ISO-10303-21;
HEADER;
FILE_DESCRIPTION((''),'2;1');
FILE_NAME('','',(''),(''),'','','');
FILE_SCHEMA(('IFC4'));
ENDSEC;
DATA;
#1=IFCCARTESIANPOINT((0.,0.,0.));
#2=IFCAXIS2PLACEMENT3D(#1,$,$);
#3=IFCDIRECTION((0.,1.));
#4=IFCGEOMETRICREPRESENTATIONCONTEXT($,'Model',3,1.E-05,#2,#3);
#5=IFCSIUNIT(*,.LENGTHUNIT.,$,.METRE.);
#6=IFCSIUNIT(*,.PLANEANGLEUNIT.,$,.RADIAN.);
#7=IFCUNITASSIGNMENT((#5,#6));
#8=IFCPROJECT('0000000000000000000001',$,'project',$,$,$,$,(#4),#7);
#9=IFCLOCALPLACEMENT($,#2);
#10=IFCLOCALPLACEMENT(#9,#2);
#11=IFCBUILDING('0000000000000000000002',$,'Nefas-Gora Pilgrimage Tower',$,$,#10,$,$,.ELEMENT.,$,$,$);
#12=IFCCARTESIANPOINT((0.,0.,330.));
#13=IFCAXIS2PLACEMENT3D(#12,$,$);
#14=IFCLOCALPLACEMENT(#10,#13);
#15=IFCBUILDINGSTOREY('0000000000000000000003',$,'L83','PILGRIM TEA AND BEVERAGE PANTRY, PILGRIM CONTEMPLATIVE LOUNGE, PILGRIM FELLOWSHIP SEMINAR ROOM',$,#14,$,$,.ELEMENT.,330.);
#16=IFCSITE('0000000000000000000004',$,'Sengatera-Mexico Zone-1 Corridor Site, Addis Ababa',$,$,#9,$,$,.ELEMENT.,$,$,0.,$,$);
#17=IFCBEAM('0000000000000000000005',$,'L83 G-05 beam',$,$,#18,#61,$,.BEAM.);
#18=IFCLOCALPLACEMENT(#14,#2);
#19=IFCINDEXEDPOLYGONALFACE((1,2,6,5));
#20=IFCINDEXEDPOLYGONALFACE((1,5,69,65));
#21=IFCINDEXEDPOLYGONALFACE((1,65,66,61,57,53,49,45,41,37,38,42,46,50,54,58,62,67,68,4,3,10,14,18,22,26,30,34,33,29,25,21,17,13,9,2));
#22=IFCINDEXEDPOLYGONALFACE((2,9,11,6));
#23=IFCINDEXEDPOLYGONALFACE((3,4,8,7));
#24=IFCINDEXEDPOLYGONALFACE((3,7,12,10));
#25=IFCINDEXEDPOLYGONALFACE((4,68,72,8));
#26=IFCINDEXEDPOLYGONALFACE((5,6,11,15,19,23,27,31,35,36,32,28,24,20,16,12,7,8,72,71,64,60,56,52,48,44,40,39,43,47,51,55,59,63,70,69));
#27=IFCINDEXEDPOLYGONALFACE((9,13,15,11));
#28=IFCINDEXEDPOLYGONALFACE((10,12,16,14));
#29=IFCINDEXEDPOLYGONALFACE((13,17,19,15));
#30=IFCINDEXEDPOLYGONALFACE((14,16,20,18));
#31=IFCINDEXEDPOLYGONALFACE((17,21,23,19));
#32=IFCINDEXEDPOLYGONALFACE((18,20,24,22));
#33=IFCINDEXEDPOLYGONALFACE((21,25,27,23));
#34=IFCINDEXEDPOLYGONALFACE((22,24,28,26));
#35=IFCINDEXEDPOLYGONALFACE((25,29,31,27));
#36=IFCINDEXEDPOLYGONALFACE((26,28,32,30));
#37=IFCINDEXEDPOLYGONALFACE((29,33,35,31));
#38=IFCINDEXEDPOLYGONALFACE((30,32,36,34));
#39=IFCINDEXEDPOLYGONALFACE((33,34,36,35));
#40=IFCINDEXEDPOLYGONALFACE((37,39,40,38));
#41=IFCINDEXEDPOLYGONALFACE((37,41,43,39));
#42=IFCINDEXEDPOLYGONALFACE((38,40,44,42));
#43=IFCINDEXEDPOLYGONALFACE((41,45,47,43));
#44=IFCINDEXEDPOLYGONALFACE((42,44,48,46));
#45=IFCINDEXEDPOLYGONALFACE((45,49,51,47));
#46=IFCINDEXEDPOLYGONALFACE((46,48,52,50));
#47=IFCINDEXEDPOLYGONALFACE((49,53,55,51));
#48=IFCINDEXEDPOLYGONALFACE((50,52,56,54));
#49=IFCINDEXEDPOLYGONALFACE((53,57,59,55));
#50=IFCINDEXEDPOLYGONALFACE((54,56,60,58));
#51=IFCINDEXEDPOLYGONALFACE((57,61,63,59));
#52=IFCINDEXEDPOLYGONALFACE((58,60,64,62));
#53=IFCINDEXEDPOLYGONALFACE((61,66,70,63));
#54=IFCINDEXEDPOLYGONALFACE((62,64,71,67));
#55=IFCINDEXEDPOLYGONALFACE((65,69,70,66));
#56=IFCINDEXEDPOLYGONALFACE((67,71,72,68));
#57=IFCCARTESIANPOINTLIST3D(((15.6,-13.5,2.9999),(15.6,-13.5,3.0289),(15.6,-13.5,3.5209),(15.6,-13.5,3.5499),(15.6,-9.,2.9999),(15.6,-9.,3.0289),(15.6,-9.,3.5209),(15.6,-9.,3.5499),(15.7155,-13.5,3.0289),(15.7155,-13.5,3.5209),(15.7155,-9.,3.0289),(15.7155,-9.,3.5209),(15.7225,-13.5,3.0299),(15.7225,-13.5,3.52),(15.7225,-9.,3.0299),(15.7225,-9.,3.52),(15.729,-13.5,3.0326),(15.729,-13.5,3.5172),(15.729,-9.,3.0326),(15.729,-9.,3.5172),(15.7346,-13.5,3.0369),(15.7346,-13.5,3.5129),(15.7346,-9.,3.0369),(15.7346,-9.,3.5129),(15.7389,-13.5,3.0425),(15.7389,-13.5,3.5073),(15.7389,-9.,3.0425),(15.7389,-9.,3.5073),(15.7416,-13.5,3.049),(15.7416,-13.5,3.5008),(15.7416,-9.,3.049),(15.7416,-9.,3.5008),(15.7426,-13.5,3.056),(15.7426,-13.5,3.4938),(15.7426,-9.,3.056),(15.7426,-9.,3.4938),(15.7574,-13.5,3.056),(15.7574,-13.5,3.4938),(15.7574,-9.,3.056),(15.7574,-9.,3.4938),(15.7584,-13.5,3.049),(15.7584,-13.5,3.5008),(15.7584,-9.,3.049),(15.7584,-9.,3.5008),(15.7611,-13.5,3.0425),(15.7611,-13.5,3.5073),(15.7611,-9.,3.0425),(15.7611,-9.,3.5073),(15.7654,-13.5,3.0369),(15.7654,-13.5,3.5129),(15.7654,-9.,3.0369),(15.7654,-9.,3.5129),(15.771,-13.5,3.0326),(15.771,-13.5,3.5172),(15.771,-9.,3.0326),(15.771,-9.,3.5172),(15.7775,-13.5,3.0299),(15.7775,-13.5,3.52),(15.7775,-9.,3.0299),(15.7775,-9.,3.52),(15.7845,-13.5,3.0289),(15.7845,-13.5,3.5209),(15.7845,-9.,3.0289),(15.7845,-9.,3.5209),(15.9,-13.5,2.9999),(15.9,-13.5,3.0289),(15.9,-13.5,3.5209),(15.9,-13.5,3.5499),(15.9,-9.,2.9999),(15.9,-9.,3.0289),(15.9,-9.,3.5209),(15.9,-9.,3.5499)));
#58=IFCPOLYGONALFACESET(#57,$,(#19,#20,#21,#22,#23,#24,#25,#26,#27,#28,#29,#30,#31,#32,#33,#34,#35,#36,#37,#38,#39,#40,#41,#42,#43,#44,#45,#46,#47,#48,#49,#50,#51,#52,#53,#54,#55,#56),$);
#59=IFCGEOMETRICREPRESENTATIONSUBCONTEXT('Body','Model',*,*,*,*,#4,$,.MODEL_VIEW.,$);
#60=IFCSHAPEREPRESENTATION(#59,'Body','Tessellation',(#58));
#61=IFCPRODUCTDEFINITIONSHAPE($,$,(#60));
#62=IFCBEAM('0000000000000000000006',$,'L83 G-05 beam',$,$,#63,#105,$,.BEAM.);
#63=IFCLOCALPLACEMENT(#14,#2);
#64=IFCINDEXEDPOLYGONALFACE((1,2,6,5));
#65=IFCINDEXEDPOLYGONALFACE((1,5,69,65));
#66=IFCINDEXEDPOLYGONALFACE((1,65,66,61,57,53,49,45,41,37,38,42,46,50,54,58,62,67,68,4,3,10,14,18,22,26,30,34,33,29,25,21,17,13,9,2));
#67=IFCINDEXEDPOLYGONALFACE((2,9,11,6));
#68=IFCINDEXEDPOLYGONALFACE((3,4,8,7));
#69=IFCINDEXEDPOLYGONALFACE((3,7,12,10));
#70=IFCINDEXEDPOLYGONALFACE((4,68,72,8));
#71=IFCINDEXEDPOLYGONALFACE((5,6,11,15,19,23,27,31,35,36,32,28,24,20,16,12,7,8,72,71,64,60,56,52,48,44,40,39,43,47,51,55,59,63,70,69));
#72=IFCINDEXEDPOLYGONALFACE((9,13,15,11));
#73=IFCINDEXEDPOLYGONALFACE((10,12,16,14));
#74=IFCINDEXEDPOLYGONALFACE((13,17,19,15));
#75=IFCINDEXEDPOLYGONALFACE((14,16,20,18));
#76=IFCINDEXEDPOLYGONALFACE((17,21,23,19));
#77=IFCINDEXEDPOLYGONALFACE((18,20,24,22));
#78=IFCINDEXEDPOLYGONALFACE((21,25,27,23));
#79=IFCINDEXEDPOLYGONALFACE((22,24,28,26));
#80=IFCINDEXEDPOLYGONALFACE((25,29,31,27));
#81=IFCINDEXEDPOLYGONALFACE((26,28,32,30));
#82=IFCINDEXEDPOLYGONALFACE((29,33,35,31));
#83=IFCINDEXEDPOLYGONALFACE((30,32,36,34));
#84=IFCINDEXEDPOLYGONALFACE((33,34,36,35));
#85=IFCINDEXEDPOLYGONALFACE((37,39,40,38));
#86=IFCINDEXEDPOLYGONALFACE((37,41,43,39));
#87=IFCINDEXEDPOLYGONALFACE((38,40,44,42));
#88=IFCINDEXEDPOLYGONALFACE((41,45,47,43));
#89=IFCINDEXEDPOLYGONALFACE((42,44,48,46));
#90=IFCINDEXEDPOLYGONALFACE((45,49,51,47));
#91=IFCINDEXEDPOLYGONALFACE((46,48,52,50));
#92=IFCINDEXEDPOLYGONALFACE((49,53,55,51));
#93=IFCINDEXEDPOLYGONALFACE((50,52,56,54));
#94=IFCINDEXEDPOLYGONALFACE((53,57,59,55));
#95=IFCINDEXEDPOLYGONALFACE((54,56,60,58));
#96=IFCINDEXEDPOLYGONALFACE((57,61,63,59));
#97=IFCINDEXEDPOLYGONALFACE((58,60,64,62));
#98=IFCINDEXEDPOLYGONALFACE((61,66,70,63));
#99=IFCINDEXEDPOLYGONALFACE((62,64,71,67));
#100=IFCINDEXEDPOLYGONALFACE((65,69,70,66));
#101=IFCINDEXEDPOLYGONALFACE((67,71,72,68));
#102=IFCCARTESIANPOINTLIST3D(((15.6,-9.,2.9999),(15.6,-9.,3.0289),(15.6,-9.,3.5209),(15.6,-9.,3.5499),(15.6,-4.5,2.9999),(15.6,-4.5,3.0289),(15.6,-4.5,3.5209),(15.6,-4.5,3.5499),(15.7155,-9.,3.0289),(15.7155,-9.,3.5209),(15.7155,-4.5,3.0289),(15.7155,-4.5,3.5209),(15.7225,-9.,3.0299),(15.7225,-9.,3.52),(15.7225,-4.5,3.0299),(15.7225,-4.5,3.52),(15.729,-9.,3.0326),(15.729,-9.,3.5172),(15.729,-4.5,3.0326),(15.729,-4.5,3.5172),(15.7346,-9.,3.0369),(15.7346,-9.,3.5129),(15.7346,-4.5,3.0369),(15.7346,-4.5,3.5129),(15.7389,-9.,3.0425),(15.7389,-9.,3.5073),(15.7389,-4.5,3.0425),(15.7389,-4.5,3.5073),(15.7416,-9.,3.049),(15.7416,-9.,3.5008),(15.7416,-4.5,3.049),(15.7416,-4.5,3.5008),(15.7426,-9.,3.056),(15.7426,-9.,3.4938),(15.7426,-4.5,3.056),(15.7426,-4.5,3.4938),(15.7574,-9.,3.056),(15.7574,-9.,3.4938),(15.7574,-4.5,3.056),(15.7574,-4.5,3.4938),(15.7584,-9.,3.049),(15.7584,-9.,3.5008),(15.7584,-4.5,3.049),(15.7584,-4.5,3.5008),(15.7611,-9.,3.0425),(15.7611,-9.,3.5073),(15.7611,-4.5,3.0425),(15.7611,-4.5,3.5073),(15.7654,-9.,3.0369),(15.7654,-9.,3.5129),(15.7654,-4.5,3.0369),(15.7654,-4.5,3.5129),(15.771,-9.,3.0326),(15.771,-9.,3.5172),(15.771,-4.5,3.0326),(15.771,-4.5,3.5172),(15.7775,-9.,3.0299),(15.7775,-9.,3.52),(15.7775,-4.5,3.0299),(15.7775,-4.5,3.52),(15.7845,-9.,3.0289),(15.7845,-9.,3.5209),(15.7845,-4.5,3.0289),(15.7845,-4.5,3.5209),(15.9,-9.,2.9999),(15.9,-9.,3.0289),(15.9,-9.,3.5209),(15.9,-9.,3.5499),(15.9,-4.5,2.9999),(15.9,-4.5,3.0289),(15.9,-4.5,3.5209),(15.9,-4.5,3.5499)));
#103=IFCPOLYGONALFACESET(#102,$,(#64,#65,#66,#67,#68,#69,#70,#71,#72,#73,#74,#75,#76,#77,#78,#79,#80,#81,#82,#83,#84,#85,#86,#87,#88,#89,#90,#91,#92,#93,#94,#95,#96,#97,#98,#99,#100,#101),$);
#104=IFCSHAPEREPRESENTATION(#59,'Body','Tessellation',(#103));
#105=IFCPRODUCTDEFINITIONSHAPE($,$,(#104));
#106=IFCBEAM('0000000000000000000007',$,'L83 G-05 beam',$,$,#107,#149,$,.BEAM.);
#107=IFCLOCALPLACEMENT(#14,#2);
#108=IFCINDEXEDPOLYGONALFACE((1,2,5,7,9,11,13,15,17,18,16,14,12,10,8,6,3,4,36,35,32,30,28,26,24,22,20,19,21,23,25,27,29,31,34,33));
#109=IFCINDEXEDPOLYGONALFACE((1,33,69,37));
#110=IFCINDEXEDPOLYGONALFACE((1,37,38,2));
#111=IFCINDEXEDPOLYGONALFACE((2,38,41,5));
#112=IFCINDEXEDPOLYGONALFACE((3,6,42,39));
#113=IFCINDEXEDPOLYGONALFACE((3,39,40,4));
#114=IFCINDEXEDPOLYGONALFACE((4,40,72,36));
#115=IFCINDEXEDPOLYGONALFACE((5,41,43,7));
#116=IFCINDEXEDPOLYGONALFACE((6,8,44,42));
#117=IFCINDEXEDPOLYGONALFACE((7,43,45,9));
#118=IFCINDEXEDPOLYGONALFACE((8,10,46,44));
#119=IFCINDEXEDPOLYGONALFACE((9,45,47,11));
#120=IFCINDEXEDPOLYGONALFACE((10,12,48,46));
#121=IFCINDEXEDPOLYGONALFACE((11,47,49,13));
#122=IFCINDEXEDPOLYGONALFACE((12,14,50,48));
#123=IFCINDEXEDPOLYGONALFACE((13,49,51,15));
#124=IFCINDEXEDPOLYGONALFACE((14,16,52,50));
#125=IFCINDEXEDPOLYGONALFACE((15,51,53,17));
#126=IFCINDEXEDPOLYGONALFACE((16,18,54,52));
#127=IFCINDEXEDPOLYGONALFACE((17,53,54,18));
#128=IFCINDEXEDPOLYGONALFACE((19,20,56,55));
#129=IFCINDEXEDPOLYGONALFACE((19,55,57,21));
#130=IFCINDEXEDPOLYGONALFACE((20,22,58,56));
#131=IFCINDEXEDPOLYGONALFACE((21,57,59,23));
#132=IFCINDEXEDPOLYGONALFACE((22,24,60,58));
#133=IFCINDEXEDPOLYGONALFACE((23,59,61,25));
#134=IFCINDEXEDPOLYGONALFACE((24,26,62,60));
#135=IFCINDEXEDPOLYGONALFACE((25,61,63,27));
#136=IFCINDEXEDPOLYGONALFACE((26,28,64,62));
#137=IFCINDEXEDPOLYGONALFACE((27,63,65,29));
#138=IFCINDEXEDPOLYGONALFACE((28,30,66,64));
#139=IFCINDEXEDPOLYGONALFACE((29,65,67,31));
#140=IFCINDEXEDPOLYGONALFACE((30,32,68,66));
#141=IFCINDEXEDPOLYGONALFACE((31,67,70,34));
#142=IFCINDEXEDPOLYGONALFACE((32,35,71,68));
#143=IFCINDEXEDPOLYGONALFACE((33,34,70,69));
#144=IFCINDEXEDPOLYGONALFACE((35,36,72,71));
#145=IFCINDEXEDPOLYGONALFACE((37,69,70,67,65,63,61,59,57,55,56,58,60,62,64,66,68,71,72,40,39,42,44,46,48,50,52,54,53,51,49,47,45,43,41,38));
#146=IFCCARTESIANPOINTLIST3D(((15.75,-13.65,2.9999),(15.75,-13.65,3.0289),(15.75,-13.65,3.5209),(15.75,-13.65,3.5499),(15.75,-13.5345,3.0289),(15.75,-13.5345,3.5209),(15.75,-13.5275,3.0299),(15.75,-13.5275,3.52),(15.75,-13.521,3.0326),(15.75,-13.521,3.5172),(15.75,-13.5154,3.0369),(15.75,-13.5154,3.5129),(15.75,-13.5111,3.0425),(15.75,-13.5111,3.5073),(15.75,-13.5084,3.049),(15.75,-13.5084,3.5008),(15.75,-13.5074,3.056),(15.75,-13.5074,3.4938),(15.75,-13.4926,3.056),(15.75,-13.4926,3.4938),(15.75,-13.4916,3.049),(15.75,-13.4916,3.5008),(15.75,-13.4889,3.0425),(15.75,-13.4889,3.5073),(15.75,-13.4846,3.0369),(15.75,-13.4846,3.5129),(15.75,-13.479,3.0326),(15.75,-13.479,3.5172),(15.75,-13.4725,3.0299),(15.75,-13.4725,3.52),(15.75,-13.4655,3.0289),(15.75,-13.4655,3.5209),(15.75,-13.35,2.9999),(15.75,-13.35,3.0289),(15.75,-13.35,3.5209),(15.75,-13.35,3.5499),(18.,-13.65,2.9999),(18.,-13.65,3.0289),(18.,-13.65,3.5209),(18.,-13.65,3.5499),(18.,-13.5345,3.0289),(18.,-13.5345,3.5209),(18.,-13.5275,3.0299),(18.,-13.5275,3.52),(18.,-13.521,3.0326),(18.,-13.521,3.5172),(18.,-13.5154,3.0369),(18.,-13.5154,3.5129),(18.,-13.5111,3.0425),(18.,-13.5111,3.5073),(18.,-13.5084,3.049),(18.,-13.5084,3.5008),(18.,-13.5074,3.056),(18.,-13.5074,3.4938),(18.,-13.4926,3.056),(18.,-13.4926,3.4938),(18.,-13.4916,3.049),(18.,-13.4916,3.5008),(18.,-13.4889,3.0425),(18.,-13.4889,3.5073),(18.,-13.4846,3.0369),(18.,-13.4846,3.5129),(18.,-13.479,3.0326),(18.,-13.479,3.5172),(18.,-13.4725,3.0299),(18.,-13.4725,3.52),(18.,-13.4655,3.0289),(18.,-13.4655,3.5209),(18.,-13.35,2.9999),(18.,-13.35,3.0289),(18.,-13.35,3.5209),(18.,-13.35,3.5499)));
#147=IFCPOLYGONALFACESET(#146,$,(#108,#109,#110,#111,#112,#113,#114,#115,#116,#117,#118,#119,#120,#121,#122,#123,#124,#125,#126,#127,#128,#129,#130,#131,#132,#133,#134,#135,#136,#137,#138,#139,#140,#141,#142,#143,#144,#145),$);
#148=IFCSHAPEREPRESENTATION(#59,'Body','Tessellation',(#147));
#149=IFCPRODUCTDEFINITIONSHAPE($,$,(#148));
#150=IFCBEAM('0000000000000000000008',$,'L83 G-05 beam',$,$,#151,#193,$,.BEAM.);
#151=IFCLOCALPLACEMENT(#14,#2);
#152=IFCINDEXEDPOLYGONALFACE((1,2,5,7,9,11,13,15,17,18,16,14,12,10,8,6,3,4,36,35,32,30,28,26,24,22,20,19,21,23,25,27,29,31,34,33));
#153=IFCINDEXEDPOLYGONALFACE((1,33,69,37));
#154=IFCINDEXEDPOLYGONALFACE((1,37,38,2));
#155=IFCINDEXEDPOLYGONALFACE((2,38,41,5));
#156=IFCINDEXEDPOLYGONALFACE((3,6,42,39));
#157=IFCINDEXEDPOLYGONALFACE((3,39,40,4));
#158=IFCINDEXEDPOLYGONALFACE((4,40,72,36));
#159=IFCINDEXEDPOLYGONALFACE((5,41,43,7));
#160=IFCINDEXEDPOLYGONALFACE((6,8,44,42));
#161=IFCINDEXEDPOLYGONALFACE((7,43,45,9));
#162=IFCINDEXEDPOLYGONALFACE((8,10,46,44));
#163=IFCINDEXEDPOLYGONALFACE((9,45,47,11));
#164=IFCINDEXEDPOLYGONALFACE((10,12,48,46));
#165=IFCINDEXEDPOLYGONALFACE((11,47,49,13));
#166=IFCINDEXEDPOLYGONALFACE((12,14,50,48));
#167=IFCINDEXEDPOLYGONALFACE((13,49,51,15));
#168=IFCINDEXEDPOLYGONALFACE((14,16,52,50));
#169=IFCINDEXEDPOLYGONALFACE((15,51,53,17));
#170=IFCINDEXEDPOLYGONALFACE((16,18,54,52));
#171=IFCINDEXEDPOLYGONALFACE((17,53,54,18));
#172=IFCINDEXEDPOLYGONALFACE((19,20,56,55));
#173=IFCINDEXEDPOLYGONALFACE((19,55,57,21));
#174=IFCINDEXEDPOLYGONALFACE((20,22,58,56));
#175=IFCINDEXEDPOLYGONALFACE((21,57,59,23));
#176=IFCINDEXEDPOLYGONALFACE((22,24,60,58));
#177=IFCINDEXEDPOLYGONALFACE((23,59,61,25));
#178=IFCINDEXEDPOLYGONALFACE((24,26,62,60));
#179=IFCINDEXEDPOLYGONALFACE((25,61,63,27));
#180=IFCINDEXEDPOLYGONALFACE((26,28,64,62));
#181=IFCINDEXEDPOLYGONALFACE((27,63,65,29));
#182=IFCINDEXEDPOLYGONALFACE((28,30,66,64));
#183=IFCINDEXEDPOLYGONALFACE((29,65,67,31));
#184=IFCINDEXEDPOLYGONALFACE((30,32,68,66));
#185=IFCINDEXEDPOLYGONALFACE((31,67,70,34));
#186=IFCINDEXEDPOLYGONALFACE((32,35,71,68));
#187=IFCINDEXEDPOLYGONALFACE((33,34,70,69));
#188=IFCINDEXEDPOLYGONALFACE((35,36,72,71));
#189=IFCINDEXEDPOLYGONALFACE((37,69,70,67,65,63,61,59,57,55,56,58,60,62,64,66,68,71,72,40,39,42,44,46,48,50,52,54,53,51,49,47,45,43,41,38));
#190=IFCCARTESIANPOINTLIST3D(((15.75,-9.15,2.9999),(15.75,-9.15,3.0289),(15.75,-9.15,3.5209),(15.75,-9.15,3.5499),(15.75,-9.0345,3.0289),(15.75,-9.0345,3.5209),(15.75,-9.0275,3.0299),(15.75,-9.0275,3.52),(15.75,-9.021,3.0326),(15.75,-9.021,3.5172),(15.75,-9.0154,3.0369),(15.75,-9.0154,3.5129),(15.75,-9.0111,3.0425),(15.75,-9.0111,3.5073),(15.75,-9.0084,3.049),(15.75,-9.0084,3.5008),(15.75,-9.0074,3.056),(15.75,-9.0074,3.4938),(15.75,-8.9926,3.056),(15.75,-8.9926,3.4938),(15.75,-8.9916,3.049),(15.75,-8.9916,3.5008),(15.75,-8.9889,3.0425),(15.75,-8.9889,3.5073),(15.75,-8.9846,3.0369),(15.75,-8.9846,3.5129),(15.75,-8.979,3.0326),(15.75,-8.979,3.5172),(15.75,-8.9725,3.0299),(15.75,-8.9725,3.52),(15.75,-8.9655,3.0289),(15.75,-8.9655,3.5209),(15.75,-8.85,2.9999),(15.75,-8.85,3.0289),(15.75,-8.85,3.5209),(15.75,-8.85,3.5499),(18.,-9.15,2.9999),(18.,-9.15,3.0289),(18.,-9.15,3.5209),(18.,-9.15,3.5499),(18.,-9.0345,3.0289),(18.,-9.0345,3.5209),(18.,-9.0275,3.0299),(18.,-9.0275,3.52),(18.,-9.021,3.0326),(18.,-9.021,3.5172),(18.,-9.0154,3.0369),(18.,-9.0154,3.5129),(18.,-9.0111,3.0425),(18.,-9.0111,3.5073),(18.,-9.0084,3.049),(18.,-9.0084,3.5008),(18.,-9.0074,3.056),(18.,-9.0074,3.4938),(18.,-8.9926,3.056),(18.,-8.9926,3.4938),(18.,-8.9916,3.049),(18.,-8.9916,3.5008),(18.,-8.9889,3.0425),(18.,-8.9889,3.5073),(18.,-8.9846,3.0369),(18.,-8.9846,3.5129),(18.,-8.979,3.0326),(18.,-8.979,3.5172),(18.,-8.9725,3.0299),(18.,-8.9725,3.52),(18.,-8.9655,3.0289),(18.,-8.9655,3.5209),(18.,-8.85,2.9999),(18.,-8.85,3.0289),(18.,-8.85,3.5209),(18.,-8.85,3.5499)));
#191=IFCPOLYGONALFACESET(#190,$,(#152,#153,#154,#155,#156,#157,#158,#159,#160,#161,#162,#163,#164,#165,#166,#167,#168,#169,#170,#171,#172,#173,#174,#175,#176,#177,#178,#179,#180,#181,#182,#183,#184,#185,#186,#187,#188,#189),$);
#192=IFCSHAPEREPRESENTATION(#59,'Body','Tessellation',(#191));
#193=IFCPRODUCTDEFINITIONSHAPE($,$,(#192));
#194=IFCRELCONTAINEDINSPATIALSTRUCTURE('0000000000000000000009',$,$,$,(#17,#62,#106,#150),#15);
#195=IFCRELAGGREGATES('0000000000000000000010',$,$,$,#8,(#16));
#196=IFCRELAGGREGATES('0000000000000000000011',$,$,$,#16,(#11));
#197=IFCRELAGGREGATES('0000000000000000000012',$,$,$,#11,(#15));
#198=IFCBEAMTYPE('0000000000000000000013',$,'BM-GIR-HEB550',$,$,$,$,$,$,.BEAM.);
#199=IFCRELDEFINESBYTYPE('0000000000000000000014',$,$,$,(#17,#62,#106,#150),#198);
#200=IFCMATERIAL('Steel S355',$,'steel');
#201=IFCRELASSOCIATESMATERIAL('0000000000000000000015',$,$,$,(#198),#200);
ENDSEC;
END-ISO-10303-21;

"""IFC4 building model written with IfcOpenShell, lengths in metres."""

from ifc_helpers import new_model, si_unit, direction, frame, origin, origin_2d, place, context, subcontext, project, spatial, i_section, extrude, source, transform, mapped, material, material_profile, profile_set, type_object, element, save


model = new_model("IFC4")

# Units and contexts
model_context = context("Model", 3, precision=1e-05, world=origin(), true_north=direction((0.0, 1.0)))
body_context = subcontext(model_context, "Body", "Model", "MODEL_VIEW")
ifc_project = project(units=[si_unit("LENGTHUNIT", "METRE"), si_unit("PLANEANGLEUNIT", "RADIAN")], contexts=[model_context])

# Site, building, storey
site_placement = place(None, origin())
site = spatial("IfcSite", under=ifc_project, at=site_placement, Name="Sengatera-Mexico Zone-1 Corridor Site, Addis Ababa", CompositionType="ELEMENT", RefElevation=0.0)
building_placement = place(site_placement, origin())
building = spatial("IfcBuilding", under=site, at=building_placement, Name="Nefas-Gora Pilgrimage Tower", CompositionType="ELEMENT")
storey_placement = place(building_placement, frame((0.0, 0.0, 330.0)))
storey = spatial("IfcBuildingStorey", under=building, at=storey_placement, Name="L83", Description="PILGRIM TEA AND BEVERAGE PANTRY, PILGRIM CONTEMPLATIVE LOUNGE, PILGRIM FELLOWSHIP SEMINAR ROOM", CompositionType="ELEMENT", Elevation=330.0)

# Shared definitions
ifc_material_1 = material(Name="Steel S355", Category="steel")

# Beams
ifc_material_profile_1 = material_profile(ifc_material_1, i_section(OverallWidth=0.3, OverallDepth=0.55, WebThickness=0.0149, FlangeThickness=0.0291, FilletRadius=0.0271, at=origin_2d()), Name="HEB 550")
ifc_profile_set_1 = profile_set([ifc_material_profile_1], Name="Steel S355")
beam_type_1 = type_object("IfcBeamType", Name="BM-GIR-HEB550", PredefinedType="BEAM", material=ifc_profile_set_1)
shared_shape_1 = source(origin(), body_context, "Body", "SweptSolid", [
    extrude(i_section(OverallWidth=0.3, OverallDepth=0.55, WebThickness=0.0149, FlangeThickness=0.0291, FilletRadius=0.0271, at=origin_2d()), origin(), (0.0, 0.0, 1.0), 4.5),
])
for number, where, z_axis, x_axis, name in (
    (1, (15.75, -13.5, 3.2749), (0.0, 1.0, 0.0), (-1.0, 0.0, 0.0), "L83 G-05 beam"),
    (2, (15.75, -9.0, 3.2749), (0.0, 1.0, 0.0), (-1.0, 0.0, 0.0), "L83 G-05 beam"),
):
    element("IfcBeam", number, at=place(storey_placement, frame(where, z_axis=z_axis, x_axis=x_axis)), inside=storey, type_object=beam_type_1, Name=name, PredefinedType="BEAM", context=body_context, shape_type="MappedRepresentation", body=[
        mapped(shared_shape_1, transform((0.0, 0.0, 0.0), x_axis=(1.0, 0.0, 0.0), y_axis=(0.0, 1.0, 0.0), z_axis=(0.0, 0.0, 1.0), scale=1.0)),
    ])
shared_shape_2 = source(origin(), body_context, "Body", "SweptSolid", [
    extrude(i_section(OverallWidth=0.3, OverallDepth=0.55, WebThickness=0.0149, FlangeThickness=0.0291, FilletRadius=0.0271, at=origin_2d()), origin(), (0.0, 0.0, 1.0), 2.25),
])
for number, where, z_axis, x_axis, name in (
    (3, (15.75, -13.5, 3.2749), (1.0, 0.0, 0.0), (0.0, 1.0, 0.0), "L83 G-05 beam"),
    (4, (15.75, -9.0, 3.2749), (1.0, 0.0, 0.0), (0.0, 1.0, 0.0), "L83 G-05 beam"),
):
    element("IfcBeam", number, at=place(storey_placement, frame(where, z_axis=z_axis, x_axis=x_axis)), inside=storey, type_object=beam_type_1, Name=name, PredefinedType="BEAM", context=body_context, shape_type="MappedRepresentation", body=[
        mapped(shared_shape_2, transform((0.0, 0.0, 0.0), x_axis=(1.0, 0.0, 0.0), y_axis=(0.0, 1.0, 0.0), z_axis=(0.0, 0.0, 1.0), scale=1.0)),
    ])

save(model, "model.ifc")
